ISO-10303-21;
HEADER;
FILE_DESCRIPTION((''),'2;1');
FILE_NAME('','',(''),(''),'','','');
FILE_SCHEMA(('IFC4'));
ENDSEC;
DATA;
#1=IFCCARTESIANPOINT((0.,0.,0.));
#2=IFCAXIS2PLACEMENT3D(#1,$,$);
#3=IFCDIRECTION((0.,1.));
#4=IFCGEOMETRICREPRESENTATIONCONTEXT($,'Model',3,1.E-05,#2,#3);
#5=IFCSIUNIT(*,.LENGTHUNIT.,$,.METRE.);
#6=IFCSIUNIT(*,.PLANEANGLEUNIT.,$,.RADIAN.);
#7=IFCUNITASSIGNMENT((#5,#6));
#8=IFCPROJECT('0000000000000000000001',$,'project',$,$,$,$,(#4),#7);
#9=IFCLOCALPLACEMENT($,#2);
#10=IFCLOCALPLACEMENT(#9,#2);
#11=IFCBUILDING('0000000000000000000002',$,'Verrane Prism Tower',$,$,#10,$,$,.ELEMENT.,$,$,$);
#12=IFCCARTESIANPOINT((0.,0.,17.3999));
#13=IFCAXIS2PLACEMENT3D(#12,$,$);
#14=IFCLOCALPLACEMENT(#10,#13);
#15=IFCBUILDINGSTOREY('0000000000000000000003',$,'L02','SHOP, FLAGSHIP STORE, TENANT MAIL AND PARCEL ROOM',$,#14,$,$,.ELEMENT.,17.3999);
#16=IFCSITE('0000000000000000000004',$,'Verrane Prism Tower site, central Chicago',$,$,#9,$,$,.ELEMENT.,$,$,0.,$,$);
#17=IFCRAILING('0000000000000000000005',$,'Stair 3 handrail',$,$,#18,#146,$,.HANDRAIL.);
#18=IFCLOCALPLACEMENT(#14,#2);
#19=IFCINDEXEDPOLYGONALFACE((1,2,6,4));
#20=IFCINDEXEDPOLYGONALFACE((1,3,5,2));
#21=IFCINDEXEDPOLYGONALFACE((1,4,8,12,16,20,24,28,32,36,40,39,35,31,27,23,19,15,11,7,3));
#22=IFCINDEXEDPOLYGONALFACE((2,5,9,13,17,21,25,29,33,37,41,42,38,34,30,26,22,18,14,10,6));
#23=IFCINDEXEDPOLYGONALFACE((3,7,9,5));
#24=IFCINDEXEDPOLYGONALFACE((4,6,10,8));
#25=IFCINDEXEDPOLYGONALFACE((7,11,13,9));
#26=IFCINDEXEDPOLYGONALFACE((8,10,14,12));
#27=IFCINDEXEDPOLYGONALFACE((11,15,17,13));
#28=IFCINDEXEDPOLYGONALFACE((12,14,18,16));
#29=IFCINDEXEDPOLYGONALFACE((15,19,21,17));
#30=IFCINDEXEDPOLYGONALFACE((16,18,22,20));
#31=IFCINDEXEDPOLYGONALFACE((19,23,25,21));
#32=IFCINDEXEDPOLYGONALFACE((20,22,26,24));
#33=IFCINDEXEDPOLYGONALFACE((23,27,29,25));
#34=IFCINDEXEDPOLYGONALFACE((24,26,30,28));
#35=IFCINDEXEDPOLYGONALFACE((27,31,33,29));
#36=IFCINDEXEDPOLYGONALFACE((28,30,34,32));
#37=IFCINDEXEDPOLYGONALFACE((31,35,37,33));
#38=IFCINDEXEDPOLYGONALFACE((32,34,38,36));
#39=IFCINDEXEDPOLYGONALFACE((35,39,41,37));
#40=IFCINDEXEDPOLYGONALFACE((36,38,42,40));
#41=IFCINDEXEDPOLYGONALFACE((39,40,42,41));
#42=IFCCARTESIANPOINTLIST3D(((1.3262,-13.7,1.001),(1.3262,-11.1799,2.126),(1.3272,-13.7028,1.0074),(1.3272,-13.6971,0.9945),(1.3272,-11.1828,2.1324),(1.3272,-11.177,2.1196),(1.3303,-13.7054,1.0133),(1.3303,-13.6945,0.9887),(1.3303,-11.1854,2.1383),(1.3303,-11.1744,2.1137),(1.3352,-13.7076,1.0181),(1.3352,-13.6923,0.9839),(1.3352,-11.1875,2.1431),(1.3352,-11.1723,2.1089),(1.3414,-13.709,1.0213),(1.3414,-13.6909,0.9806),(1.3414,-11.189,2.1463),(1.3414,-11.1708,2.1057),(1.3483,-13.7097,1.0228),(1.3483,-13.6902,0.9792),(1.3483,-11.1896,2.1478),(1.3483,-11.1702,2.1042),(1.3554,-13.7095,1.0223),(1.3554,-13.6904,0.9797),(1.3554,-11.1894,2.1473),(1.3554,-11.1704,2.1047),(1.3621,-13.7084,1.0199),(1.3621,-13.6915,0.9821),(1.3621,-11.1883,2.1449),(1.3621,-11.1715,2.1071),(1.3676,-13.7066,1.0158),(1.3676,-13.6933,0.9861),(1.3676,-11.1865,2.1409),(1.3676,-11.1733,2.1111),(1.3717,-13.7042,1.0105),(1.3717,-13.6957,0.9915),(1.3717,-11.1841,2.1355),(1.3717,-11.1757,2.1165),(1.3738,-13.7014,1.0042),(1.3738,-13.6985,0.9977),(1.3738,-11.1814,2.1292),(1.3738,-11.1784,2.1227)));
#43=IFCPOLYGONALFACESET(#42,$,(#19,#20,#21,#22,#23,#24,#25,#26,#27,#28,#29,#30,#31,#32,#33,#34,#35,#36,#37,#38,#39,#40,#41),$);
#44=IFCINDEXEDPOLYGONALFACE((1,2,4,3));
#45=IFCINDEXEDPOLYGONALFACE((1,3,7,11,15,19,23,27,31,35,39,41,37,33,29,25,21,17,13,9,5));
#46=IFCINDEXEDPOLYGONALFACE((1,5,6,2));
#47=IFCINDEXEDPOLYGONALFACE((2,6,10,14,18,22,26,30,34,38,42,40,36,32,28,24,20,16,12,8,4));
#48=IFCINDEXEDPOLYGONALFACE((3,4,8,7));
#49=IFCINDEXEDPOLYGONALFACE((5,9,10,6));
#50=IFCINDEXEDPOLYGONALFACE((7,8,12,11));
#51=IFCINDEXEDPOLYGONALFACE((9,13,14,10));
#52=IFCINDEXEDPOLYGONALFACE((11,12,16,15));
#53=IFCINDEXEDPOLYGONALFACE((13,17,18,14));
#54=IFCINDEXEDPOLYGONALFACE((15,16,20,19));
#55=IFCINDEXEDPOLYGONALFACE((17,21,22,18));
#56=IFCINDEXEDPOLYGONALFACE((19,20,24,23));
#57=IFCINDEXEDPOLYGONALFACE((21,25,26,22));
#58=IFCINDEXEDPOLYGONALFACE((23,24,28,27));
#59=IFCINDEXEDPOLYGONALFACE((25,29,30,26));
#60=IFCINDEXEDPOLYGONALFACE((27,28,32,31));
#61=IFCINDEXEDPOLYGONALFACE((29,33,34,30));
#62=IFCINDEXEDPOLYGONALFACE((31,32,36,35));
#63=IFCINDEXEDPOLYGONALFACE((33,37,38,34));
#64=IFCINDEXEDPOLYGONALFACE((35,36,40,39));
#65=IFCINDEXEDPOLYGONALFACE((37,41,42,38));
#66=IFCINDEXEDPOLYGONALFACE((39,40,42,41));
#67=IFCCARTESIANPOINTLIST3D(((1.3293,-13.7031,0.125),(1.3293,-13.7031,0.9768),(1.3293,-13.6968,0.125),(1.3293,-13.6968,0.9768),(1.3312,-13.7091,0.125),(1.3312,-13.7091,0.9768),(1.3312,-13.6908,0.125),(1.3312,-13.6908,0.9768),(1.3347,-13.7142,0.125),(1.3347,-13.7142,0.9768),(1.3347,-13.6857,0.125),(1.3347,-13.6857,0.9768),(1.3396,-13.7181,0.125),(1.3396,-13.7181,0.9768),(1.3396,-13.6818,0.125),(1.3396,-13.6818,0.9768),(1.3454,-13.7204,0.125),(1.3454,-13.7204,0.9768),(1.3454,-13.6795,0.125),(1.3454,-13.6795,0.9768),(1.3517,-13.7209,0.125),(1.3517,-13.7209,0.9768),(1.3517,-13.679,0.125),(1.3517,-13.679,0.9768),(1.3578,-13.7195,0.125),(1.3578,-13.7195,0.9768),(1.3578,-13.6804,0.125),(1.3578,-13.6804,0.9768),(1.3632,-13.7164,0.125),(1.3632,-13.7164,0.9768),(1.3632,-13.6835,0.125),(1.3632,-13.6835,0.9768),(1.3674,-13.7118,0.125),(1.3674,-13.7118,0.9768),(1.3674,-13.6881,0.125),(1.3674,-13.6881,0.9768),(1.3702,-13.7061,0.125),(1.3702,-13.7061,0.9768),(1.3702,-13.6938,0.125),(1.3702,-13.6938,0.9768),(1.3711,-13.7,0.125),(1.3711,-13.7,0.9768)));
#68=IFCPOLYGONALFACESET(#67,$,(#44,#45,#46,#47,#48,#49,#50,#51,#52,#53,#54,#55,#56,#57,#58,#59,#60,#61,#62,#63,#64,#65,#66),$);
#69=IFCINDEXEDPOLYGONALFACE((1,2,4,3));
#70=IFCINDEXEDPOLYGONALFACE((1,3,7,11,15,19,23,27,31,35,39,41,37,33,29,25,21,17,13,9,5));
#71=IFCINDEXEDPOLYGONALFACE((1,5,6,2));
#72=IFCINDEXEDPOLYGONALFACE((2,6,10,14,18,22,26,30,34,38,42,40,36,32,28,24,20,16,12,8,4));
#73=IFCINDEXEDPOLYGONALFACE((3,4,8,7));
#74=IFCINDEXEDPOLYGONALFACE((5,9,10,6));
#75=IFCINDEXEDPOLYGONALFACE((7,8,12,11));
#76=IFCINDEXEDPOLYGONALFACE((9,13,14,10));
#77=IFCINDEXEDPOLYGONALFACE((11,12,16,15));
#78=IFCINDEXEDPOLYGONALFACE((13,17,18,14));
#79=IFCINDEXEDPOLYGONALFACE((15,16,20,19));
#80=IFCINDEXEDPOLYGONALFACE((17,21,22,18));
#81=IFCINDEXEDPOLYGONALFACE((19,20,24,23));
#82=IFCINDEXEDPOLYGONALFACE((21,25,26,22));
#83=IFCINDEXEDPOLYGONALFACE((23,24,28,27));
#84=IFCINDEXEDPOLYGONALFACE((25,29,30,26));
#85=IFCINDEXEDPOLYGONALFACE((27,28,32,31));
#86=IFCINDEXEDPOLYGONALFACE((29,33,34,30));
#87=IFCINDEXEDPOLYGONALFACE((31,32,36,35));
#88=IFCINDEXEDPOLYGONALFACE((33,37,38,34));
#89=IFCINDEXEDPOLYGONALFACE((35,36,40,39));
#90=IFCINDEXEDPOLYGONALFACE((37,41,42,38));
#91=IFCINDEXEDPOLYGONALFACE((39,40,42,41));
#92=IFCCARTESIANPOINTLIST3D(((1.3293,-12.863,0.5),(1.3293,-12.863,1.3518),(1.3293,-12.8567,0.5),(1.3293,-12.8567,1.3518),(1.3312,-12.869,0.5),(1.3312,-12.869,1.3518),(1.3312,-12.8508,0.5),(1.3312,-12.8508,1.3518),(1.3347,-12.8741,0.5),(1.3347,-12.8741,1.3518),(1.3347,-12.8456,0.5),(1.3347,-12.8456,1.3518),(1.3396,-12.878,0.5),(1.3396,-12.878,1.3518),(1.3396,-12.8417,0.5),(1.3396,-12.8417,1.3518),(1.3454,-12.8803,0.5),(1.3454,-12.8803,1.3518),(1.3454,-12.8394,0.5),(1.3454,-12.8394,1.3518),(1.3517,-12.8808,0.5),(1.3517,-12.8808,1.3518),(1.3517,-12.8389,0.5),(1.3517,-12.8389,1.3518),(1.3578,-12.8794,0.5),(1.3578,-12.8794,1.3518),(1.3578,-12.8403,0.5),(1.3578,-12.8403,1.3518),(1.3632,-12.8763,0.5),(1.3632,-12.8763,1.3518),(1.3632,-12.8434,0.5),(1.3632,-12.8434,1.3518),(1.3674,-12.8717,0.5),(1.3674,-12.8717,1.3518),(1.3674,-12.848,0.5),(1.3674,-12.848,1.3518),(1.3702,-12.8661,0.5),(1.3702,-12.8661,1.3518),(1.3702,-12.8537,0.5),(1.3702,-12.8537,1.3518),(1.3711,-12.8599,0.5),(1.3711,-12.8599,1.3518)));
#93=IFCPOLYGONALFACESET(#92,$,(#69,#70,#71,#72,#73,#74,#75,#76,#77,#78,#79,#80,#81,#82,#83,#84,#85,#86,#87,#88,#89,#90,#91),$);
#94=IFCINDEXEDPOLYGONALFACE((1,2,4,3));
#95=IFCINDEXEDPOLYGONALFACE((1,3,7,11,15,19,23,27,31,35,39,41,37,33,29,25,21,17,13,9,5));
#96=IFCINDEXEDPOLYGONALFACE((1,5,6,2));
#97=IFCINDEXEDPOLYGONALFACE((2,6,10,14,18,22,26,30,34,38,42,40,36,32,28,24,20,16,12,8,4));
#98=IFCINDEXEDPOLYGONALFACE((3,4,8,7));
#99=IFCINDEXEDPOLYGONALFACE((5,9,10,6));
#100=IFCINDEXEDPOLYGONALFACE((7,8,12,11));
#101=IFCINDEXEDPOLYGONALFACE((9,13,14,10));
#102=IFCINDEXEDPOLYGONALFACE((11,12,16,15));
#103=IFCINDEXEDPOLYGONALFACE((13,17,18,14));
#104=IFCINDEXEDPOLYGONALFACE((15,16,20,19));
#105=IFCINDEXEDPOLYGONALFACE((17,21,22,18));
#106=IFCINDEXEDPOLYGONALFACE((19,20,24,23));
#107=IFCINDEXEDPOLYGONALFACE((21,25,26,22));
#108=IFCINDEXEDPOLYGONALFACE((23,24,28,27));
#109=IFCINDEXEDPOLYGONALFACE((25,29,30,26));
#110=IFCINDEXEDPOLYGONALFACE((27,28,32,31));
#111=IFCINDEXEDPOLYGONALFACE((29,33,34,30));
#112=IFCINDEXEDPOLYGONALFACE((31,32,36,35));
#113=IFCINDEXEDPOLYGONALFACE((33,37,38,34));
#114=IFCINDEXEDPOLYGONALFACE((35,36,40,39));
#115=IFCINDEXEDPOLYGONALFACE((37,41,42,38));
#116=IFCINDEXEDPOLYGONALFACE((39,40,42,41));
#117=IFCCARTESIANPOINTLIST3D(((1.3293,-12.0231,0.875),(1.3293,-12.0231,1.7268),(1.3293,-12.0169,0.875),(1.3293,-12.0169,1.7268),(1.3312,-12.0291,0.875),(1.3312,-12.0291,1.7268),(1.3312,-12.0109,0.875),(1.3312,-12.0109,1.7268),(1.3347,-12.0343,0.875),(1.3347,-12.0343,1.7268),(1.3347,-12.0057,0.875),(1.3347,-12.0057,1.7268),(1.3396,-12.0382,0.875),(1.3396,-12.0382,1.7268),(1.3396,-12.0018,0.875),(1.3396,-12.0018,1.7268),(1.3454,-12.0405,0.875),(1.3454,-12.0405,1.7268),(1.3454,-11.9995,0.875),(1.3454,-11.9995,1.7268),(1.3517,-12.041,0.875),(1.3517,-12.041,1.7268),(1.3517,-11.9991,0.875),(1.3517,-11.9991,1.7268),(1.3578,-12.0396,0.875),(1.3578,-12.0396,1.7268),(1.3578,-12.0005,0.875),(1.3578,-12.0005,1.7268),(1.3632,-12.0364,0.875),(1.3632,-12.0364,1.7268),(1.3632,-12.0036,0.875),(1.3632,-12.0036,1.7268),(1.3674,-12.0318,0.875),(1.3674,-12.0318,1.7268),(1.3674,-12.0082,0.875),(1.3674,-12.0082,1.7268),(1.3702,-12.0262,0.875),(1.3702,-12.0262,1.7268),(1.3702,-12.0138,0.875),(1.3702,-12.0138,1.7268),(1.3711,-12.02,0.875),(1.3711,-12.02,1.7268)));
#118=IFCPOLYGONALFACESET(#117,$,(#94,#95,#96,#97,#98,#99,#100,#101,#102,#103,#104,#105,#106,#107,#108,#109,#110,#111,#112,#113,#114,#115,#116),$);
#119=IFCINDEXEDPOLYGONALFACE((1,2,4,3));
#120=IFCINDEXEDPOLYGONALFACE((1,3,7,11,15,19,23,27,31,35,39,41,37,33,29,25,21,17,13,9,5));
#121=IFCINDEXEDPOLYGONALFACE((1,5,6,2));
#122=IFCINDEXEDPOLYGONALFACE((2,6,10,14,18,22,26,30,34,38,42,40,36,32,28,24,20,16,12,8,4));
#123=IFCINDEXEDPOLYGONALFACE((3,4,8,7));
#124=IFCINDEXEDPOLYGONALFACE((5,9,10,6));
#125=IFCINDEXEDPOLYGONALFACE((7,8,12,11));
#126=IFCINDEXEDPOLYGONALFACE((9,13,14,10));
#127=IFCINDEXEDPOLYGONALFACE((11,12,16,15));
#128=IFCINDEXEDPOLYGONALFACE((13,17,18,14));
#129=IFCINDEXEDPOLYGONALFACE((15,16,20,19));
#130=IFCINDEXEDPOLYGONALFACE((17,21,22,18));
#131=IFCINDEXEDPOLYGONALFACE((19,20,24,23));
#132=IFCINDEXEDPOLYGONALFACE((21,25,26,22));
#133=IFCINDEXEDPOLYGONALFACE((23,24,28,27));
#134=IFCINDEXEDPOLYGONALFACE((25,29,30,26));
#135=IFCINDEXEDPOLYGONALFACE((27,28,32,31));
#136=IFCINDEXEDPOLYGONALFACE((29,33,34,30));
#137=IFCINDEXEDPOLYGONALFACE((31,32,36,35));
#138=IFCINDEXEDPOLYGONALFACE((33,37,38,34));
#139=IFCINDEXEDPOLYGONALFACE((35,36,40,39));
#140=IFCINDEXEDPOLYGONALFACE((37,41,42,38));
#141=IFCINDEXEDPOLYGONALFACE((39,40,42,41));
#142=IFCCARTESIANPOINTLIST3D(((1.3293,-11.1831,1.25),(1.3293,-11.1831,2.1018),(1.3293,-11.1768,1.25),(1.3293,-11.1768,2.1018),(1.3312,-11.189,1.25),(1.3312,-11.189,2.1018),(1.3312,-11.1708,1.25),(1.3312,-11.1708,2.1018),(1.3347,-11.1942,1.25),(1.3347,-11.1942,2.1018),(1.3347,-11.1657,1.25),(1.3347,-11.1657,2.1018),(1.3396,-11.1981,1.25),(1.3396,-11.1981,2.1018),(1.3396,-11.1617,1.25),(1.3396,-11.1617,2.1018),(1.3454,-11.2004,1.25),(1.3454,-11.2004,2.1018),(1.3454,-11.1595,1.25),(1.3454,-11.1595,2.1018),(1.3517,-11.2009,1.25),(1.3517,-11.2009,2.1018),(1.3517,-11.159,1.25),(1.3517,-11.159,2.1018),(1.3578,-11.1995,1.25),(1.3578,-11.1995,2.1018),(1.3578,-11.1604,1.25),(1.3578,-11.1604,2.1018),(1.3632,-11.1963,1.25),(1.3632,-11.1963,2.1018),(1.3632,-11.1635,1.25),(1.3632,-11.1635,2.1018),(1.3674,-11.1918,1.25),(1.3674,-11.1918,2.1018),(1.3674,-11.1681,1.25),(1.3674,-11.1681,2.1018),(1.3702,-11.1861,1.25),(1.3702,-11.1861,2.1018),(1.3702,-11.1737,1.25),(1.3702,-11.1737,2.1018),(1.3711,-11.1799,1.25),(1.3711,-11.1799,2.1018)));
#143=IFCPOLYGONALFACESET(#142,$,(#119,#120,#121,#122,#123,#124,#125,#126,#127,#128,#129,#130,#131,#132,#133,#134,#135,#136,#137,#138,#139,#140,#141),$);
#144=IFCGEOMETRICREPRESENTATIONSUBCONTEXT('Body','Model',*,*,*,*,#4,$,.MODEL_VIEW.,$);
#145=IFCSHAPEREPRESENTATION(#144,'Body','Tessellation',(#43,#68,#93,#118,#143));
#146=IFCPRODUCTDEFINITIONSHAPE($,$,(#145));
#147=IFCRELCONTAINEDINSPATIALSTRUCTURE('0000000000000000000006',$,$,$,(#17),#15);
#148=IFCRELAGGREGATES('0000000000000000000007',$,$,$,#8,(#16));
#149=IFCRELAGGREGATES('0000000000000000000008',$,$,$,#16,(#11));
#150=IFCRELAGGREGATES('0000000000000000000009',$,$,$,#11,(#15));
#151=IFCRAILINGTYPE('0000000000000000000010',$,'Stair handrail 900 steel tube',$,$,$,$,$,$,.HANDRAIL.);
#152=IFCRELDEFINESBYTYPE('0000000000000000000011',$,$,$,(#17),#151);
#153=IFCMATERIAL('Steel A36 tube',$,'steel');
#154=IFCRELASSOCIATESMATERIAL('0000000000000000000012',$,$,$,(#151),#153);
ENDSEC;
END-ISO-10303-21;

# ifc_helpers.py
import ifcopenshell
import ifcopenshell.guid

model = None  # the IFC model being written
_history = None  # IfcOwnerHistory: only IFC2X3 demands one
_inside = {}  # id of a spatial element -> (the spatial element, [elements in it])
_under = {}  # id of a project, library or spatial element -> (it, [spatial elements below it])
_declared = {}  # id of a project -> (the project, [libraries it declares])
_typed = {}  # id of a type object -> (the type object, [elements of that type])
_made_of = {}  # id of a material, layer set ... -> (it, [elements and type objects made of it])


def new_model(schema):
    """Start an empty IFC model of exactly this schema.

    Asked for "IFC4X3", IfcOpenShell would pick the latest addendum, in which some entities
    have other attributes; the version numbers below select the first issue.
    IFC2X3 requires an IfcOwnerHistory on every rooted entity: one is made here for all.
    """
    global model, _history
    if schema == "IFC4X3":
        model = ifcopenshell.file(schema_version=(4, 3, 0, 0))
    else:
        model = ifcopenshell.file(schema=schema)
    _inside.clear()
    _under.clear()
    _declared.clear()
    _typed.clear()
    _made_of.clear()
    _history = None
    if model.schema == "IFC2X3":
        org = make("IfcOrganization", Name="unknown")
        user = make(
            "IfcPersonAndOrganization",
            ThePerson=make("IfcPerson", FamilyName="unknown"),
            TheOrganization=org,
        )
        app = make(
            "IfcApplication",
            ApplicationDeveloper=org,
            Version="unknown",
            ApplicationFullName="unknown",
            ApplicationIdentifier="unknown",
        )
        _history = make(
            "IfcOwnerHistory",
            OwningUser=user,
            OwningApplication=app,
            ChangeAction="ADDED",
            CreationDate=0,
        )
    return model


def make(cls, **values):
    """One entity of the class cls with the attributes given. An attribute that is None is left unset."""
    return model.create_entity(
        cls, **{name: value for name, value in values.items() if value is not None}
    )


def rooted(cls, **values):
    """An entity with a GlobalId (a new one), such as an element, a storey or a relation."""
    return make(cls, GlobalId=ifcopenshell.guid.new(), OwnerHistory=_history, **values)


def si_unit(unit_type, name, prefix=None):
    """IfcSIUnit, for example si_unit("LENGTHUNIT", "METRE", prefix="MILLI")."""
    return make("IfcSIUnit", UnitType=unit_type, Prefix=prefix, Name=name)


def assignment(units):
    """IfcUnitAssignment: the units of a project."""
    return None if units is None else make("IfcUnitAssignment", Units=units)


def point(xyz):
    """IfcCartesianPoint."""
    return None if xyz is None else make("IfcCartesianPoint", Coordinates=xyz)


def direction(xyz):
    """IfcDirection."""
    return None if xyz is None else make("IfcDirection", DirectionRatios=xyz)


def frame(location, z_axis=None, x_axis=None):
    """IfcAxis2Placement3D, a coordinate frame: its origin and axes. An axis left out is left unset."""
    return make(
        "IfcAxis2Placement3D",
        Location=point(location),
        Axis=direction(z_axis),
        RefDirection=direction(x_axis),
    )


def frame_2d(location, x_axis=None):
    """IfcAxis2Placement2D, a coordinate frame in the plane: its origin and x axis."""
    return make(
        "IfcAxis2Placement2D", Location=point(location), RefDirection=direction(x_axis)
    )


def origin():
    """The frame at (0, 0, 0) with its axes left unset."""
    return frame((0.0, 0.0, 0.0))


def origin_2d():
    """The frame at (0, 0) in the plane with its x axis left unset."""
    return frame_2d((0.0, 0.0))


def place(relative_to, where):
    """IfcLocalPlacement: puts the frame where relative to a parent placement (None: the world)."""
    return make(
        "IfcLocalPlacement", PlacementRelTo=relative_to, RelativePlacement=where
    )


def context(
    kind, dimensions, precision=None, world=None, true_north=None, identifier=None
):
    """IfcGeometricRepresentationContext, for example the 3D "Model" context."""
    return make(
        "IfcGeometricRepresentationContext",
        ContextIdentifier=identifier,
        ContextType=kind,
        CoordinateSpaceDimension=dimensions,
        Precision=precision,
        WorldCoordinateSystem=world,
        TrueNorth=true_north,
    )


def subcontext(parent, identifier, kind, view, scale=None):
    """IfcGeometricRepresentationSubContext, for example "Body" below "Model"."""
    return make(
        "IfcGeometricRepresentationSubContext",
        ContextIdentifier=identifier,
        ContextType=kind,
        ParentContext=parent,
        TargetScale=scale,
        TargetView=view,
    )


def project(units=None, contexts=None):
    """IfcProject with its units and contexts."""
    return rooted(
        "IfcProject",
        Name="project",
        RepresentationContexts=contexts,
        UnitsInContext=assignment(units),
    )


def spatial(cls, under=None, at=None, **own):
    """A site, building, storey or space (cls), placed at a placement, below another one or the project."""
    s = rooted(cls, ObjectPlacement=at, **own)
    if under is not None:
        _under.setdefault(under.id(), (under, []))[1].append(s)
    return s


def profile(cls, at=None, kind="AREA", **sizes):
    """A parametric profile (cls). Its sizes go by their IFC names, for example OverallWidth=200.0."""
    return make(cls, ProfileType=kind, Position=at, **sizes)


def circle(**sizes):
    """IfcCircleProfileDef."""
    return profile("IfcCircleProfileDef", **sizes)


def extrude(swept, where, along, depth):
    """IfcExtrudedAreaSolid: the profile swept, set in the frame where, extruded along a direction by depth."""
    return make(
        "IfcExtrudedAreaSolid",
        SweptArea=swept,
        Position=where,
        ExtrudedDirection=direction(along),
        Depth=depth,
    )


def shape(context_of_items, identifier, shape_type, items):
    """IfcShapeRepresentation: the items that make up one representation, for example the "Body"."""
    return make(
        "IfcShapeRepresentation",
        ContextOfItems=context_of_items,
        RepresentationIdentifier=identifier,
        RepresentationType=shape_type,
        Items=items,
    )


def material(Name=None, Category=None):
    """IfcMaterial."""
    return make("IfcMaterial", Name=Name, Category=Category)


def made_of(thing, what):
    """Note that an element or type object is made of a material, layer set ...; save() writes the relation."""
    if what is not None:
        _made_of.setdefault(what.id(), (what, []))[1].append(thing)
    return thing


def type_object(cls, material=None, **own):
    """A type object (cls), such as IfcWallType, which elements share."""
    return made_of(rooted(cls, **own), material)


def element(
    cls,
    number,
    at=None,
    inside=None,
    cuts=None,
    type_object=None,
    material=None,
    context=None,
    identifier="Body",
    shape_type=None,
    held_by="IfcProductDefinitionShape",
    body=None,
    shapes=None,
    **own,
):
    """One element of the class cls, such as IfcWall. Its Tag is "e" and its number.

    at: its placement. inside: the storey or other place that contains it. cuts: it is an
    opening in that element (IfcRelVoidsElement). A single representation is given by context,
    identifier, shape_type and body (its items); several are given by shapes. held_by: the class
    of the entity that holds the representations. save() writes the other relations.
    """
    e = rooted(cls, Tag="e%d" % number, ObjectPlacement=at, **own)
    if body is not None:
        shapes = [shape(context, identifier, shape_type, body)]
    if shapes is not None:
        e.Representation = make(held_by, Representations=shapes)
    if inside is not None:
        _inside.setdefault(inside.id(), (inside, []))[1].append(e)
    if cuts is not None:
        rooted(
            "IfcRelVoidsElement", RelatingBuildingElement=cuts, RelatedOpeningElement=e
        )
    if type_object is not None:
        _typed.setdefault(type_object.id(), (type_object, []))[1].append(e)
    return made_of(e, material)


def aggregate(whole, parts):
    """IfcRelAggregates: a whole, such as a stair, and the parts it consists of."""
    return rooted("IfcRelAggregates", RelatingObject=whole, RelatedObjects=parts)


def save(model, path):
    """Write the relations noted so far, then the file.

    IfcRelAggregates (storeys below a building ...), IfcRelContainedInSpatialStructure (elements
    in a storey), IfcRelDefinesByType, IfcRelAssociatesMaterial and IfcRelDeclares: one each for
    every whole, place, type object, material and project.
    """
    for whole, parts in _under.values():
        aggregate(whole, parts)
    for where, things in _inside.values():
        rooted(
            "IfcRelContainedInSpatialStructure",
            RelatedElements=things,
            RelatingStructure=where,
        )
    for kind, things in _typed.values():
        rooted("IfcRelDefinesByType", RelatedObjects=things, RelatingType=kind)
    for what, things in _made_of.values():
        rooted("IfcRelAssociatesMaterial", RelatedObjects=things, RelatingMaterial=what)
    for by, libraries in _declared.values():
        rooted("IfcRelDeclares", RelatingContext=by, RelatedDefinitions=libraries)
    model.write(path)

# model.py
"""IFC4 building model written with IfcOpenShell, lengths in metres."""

from ifc_helpers import new_model, si_unit, direction, frame, origin, origin_2d, place, context, subcontext, project, spatial, circle, extrude, material, type_object, element, save


model = new_model("IFC4")

# Units and contexts
model_context = context("Model", 3, precision=1e-05, world=origin(), true_north=direction((0.0, 1.0)))
body_context = subcontext(model_context, "Body", "Model", "MODEL_VIEW")
ifc_project = project(units=[si_unit("LENGTHUNIT", "METRE"), si_unit("PLANEANGLEUNIT", "RADIAN")], contexts=[model_context])

# Site, building, storey
site_placement = place(None, origin())
site = spatial("IfcSite", under=ifc_project, at=site_placement, Name="Verrane Prism Tower site, central Chicago", CompositionType="ELEMENT", RefElevation=0.0)
building_placement = place(site_placement, origin())
building = spatial("IfcBuilding", under=site, at=building_placement, Name="Verrane Prism Tower", CompositionType="ELEMENT")
storey_placement = place(building_placement, frame((0.0, 0.0, 17.3999)))
storey = spatial("IfcBuildingStorey", under=building, at=storey_placement, Name="L02", Description="SHOP, FLAGSHIP STORE, TENANT MAIL AND PARCEL ROOM", CompositionType="ELEMENT", Elevation=17.3999)

# Railing
ifc_material_1 = material(Name="Steel A36 tube", Category="steel")
railing_type_1 = type_object("IfcRailingType", Name="Stair handrail 900 steel tube", PredefinedType="HANDRAIL", material=ifc_material_1)
for number, where, name in (
    (1, (1.3501, -13.7, 0.125), "Stair 3 handrail"),
):
    element("IfcRailing", number, at=place(storey_placement, frame(where)), inside=storey, type_object=railing_type_1, Name=name, PredefinedType="HANDRAIL", context=body_context, shape_type="SweptSolid", body=[
        extrude(circle(Radius=0.0239, at=origin_2d()), frame((0.0, 0.0, 0.876), z_axis=(0.0, 0.913139, 0.407648), x_axis=(-1.0, 0.0, 0.0)), (0.0, 0.0, 1.0), 2.7598),
        extrude(circle(Radius=0.021, at=origin_2d()), origin(), (0.0, 0.0, 1.0), 0.8518),
        extrude(circle(Radius=0.021, at=origin_2d()), frame((0.0, 0.8401, 0.375)), (0.0, 0.0, 1.0), 0.8518),
        extrude(circle(Radius=0.021, at=origin_2d()), frame((0.0, 1.6799, 0.75)), (0.0, 0.0, 1.0), 0.8518),
        extrude(circle(Radius=0.021, at=origin_2d()), frame((0.0, 2.52, 1.125)), (0.0, 0.0, 1.0), 0.8518),
    ])

save(model, "model.ifc")
